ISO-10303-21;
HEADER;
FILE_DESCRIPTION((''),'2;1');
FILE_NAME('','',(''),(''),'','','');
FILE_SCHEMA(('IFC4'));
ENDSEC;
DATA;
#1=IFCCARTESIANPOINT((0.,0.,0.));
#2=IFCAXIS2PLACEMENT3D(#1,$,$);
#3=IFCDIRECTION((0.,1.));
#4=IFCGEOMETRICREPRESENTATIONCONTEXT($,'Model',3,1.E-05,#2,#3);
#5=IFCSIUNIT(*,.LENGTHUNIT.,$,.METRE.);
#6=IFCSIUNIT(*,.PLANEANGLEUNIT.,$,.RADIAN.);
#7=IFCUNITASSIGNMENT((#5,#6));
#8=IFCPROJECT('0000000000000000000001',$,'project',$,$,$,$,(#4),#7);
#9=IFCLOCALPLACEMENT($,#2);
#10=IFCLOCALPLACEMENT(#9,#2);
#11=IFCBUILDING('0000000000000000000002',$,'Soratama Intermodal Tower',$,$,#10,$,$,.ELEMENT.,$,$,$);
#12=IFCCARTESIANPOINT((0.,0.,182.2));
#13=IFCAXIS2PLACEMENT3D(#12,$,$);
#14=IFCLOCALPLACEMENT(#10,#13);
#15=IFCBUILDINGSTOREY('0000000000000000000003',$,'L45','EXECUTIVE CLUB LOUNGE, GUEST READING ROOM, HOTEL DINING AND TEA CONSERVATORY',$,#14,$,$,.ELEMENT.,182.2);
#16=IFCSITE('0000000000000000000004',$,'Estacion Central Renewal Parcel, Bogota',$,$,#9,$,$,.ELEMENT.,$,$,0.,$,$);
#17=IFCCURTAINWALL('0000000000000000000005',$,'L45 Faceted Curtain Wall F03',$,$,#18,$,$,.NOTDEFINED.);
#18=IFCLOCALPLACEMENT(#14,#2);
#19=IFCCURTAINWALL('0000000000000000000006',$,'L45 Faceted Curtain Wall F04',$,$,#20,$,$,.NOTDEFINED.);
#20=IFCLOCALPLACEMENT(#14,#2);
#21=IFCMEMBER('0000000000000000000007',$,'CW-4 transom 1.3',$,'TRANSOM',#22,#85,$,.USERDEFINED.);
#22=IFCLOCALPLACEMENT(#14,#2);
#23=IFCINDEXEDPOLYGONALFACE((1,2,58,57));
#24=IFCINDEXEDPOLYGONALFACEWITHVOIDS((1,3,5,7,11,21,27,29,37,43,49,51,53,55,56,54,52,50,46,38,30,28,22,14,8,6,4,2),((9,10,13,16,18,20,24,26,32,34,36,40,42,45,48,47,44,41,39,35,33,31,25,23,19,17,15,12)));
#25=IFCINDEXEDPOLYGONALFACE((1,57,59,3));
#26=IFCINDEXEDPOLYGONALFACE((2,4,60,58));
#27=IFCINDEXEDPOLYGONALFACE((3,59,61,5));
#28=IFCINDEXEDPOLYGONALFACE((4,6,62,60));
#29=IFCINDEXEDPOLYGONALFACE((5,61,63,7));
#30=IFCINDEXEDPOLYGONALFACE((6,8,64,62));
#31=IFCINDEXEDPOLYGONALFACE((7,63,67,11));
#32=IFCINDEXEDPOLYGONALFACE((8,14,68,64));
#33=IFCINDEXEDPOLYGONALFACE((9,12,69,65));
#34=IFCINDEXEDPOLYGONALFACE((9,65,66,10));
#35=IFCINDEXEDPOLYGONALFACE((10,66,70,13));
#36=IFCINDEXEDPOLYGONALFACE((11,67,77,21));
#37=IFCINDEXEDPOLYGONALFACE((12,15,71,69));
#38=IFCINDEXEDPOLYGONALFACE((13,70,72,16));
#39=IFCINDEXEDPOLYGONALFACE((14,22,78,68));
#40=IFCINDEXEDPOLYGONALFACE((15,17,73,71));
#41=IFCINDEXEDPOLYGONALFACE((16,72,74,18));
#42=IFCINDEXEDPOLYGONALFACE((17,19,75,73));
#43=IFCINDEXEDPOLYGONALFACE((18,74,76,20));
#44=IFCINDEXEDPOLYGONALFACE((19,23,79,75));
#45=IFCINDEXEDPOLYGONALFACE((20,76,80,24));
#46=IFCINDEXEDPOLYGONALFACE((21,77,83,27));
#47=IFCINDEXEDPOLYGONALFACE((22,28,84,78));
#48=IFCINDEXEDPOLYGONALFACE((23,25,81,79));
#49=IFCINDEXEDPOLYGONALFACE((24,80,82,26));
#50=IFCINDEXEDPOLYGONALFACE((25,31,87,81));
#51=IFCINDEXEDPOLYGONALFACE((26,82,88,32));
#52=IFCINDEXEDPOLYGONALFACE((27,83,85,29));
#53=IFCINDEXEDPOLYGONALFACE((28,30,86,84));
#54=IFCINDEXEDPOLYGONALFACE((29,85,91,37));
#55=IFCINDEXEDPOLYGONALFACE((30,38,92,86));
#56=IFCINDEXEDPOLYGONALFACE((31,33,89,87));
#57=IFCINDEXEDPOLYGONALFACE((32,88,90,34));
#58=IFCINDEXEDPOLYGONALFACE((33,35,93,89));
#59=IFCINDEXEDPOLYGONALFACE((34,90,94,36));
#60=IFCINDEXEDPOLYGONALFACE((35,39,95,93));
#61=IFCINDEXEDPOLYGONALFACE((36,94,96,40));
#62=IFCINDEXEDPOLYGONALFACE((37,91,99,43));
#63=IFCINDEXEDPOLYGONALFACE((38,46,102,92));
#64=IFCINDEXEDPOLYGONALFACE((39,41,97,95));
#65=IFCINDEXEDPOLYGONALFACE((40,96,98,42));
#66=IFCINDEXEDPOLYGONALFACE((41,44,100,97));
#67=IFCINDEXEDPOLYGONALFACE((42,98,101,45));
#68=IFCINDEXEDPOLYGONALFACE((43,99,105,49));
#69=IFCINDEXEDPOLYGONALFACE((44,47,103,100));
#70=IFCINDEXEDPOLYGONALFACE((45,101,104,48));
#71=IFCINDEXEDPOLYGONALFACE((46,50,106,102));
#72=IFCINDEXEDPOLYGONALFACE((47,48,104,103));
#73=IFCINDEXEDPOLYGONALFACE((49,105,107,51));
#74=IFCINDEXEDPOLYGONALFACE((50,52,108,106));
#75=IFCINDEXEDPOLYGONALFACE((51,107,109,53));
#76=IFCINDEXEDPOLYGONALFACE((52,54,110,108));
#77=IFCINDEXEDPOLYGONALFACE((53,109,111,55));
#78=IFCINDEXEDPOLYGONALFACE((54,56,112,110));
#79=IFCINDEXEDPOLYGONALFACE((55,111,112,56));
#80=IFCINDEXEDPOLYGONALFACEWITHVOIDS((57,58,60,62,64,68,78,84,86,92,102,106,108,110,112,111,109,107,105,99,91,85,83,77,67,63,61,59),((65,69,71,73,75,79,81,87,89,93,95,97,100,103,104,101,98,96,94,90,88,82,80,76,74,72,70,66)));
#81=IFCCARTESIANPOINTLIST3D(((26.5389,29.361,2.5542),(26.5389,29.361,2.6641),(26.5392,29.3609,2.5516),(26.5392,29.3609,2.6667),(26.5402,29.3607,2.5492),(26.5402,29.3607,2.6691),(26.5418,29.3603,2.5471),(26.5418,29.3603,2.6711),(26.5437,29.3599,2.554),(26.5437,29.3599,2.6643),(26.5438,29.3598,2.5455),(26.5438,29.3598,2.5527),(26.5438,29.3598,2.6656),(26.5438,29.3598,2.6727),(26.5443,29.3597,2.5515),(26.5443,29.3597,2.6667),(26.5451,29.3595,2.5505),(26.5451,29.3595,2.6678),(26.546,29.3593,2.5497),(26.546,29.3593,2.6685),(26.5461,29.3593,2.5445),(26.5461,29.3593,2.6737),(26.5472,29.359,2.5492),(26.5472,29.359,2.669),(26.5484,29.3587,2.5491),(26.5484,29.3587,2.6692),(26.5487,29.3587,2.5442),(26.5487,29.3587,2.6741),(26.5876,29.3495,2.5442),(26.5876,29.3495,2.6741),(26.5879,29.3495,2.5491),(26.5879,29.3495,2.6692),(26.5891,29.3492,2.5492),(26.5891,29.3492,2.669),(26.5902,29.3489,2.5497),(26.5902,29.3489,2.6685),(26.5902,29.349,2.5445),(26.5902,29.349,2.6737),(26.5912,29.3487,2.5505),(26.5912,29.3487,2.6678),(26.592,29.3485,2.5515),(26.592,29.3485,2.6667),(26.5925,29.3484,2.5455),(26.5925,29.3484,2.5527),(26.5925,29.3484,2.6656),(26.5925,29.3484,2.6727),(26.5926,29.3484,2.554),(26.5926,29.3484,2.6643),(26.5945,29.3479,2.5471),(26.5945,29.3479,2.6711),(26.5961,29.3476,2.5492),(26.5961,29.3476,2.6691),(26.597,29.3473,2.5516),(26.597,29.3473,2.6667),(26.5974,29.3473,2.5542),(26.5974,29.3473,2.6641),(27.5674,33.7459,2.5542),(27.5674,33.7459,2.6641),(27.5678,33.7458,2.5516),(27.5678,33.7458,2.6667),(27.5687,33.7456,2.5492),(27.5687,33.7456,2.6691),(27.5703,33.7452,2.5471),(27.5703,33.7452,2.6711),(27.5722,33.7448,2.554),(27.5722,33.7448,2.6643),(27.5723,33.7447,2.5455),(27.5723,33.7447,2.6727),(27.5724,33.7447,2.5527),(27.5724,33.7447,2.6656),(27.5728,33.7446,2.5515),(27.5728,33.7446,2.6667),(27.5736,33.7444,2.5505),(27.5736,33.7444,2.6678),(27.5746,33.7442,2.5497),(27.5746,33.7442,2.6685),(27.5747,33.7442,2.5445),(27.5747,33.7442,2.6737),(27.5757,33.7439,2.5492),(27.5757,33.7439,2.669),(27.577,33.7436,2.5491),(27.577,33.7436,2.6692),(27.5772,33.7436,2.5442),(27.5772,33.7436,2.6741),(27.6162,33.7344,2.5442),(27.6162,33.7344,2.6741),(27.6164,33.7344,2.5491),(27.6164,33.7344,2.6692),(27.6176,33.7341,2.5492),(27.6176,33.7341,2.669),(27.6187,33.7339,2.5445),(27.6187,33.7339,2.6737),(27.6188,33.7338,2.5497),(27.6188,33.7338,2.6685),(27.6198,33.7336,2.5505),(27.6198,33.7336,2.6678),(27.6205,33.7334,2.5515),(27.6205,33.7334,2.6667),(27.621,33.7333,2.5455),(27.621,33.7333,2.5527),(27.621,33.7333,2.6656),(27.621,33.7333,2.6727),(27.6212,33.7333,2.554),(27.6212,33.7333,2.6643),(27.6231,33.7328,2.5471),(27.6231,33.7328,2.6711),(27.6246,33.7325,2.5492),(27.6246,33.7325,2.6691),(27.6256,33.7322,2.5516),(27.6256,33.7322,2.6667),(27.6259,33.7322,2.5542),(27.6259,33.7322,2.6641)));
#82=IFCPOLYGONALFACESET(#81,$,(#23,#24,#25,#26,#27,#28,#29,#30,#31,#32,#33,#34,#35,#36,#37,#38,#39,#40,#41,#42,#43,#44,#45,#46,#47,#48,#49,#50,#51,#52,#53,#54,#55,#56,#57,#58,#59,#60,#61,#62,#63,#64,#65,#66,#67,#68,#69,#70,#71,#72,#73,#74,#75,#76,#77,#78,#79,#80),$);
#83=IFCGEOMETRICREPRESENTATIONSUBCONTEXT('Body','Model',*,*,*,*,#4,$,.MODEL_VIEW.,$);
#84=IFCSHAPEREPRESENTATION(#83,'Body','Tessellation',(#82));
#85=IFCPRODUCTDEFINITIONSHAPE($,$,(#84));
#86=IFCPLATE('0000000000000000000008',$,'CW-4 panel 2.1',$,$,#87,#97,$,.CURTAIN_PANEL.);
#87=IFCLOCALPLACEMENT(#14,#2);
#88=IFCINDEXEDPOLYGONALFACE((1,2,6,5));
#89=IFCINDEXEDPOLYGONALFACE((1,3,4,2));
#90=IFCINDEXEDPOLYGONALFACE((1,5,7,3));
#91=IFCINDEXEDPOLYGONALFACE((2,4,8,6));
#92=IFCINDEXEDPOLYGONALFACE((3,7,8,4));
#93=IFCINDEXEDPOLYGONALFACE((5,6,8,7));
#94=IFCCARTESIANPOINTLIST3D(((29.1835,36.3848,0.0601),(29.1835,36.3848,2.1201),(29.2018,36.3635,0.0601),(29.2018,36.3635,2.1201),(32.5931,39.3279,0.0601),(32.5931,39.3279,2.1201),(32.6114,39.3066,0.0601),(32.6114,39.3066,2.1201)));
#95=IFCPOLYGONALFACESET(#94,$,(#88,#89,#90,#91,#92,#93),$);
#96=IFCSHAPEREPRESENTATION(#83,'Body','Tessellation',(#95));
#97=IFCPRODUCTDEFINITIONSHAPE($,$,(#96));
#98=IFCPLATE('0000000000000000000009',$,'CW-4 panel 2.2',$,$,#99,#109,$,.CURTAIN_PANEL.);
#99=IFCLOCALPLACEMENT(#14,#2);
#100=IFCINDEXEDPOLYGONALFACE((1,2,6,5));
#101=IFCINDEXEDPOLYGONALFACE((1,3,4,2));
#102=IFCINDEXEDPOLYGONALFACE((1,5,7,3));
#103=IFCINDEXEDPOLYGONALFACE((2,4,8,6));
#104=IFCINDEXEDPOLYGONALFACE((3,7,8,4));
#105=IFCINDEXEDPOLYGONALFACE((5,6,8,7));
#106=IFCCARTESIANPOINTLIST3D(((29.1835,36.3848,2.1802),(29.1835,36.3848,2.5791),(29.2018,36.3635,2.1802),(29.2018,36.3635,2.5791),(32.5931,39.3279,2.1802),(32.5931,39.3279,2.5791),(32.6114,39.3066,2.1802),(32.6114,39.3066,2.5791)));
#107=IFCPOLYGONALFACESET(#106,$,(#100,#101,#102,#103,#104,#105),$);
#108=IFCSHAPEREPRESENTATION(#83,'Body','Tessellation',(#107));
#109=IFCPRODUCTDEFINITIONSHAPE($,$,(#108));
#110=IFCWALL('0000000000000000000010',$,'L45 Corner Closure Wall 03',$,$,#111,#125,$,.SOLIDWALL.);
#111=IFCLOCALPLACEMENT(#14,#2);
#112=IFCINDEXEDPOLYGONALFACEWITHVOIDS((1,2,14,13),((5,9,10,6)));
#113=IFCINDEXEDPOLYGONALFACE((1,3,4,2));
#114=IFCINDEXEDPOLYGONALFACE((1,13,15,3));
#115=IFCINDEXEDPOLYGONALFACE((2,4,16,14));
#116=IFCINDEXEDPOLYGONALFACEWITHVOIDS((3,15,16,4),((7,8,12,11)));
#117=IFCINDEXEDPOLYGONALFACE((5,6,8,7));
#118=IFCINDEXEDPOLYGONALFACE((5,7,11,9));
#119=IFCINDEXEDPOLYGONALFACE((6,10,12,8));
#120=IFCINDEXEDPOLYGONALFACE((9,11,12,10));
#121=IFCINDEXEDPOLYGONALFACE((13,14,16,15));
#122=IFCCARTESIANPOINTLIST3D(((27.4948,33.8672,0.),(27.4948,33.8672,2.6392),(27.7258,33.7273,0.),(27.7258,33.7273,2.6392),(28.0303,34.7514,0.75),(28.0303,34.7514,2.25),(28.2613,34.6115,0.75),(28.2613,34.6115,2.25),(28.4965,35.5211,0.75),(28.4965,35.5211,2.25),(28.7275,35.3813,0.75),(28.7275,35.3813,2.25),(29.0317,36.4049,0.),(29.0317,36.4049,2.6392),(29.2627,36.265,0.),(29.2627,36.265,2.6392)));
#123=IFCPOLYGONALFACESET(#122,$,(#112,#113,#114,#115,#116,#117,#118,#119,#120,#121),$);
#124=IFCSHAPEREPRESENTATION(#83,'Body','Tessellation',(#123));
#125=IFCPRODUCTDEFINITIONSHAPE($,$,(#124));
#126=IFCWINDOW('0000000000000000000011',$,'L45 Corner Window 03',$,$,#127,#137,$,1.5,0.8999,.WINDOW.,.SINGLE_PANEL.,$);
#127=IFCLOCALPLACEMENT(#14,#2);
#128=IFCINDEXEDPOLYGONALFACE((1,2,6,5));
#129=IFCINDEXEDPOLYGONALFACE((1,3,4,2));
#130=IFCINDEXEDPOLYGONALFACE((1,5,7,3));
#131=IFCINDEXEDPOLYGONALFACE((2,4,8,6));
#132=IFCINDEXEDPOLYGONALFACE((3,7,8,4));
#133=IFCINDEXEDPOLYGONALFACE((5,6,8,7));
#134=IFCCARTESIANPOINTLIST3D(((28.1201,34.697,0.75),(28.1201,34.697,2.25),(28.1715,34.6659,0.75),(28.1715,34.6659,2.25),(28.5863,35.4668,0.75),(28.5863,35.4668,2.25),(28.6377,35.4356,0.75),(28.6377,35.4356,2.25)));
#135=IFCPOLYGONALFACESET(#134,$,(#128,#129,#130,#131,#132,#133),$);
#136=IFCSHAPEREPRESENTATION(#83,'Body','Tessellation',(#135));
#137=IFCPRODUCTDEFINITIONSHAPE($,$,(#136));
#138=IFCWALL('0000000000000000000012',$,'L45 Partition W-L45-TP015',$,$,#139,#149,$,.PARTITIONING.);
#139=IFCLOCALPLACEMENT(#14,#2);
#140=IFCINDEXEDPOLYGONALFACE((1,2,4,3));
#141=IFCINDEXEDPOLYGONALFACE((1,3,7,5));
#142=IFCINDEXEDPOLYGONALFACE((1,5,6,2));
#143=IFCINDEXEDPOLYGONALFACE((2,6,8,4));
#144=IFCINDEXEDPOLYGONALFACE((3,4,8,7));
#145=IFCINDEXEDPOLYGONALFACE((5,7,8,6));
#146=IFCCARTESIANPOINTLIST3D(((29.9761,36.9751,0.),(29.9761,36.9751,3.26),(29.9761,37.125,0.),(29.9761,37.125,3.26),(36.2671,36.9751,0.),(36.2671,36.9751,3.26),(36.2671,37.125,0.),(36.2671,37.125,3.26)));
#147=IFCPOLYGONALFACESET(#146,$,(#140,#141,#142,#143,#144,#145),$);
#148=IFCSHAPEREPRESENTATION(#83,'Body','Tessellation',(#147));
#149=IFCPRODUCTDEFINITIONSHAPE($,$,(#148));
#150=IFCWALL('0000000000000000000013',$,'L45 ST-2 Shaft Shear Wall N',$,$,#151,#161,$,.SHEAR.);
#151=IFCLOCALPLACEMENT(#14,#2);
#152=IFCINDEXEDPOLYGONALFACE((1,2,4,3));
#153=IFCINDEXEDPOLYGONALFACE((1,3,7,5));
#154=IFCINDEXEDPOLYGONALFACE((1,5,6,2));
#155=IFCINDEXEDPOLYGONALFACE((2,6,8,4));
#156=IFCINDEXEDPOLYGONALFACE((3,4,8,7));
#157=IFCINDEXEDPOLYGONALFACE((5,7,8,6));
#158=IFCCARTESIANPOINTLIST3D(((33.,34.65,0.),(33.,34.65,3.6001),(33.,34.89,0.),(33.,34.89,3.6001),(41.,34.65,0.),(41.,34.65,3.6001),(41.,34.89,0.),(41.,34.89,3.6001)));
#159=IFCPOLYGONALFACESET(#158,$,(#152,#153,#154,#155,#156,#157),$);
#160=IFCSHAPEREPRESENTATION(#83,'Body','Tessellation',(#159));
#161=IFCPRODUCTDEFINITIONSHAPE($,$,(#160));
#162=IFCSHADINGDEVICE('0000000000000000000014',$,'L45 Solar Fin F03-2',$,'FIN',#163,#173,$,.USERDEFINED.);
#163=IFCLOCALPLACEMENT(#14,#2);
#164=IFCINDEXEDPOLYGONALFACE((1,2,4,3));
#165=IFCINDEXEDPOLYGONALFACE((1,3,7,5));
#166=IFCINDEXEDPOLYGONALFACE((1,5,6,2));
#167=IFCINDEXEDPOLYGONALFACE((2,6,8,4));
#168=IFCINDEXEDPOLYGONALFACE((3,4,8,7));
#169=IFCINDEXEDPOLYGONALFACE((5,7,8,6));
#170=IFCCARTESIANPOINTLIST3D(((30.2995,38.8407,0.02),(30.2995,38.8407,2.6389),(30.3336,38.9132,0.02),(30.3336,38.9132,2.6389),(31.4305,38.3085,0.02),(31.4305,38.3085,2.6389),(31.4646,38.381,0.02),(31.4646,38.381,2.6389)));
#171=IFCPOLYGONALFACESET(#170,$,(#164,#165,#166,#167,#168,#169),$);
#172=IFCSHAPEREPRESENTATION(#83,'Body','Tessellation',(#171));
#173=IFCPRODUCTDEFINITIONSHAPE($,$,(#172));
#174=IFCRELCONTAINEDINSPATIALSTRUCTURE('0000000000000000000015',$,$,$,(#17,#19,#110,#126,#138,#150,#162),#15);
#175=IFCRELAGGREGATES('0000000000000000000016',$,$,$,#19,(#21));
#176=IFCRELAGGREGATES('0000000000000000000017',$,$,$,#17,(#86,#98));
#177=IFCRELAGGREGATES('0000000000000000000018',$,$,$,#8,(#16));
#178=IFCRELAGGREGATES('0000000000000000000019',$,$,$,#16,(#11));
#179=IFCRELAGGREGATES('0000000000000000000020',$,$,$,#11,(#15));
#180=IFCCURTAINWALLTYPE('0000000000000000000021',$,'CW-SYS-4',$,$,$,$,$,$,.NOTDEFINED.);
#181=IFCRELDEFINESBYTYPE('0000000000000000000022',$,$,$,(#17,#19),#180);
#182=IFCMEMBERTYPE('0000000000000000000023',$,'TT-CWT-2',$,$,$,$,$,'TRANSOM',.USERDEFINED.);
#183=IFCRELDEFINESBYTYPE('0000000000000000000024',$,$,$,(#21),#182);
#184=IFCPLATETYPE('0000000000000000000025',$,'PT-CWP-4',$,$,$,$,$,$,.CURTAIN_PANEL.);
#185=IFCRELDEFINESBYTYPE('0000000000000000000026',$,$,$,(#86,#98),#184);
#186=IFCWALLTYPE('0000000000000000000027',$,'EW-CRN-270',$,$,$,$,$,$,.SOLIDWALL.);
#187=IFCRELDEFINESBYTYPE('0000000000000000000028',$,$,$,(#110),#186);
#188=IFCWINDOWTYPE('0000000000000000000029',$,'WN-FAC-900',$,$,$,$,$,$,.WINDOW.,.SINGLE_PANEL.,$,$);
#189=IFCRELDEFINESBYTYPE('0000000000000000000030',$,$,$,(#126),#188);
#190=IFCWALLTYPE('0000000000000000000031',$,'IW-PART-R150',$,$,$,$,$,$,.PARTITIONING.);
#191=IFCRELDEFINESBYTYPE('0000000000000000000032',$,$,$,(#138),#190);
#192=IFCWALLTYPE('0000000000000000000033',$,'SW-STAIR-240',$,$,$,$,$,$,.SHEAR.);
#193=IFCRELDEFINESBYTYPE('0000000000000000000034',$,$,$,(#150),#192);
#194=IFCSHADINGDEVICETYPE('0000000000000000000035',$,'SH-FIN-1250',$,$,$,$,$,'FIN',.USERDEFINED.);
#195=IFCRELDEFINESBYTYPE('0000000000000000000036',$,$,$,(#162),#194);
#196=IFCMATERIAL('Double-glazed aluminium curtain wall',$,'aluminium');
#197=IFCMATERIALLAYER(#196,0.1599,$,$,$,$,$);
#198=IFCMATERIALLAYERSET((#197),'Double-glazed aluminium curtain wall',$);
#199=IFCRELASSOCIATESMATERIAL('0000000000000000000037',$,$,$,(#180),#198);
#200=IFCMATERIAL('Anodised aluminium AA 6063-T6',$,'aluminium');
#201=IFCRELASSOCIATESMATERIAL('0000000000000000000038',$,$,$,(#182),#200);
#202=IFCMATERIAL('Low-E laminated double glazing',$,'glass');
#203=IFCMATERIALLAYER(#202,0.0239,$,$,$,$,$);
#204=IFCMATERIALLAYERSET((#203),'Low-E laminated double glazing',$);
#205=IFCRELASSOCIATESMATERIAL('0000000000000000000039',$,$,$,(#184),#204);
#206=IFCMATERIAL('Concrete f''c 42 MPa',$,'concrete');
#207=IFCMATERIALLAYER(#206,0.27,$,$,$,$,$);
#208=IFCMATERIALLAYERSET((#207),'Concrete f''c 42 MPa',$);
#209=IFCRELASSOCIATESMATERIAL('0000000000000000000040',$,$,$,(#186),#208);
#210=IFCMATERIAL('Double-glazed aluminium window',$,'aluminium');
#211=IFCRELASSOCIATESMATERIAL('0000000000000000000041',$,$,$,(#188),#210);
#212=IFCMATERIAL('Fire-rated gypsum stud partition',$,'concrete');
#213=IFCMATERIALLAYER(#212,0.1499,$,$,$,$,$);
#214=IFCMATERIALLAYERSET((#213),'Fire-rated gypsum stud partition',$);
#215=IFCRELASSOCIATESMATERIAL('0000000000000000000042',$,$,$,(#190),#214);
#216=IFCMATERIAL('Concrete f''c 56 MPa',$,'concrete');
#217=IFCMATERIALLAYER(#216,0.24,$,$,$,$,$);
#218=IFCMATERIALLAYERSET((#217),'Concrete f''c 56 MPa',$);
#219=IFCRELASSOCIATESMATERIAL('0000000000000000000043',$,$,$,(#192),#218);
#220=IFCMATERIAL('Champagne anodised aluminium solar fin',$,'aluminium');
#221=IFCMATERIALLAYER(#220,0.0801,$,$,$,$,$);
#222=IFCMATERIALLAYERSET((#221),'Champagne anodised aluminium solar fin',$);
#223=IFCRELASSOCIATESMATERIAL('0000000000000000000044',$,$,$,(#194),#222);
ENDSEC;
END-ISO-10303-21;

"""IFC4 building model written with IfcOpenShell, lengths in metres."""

from ifc_helpers import new_model, si_unit, direction, frame, frame_2d, origin, origin_2d, place, context, subcontext, project, spatial, rectangle, hollow_rectangle, extrude, material, layer, layer_set, material_profile, profile_set, type_object, element, fill, aggregate, save


model = new_model("IFC4")

# Units and contexts
model_context = context("Model", 3, precision=1e-05, world=origin(), true_north=direction((0.0, 1.0)))
body_context = subcontext(model_context, "Body", "Model", "MODEL_VIEW")
ifc_project = project(units=[si_unit("LENGTHUNIT", "METRE"), si_unit("PLANEANGLEUNIT", "RADIAN")], contexts=[model_context])

# Site, building, storey
site_placement = place(None, origin())
site = spatial("IfcSite", under=ifc_project, at=site_placement, Name="Estacion Central Renewal Parcel, Bogota", CompositionType="ELEMENT", RefElevation=0.0)
building_placement = place(site_placement, origin())
building = spatial("IfcBuilding", under=site, at=building_placement, Name="Soratama Intermodal Tower", CompositionType="ELEMENT")
storey_placement = place(building_placement, frame((0.0, 0.0, 182.2)))
storey = spatial("IfcBuildingStorey", under=building, at=storey_placement, Name="L45", Description="EXECUTIVE CLUB LOUNGE, GUEST READING ROOM, HOTEL DINING AND TEA CONSERVATORY", CompositionType="ELEMENT", Elevation=182.2)

# Curtain wall
ifc_material_1 = material(Name="Double-glazed aluminium curtain wall", Category="aluminium")
ifc_layer_1 = layer(ifc_material_1, 0.1599)
ifc_layer_set_1 = layer_set([ifc_layer_1], Name="Double-glazed aluminium curtain wall")
curtain_wall_type = type_object("IfcCurtainWallType", Name="CW-SYS-4", PredefinedType="NOTDEFINED", material=ifc_layer_set_1)
curtain_wall_1_placement = place(storey_placement, origin())
curtain_wall_1 = element("IfcCurtainWall", 1, at=curtain_wall_1_placement, inside=storey, type_object=curtain_wall_type, Name="L45 Faceted Curtain Wall F03", PredefinedType="NOTDEFINED")

# Curtain wall
curtain_wall_2_placement = place(storey_placement, origin())
curtain_wall_2 = element("IfcCurtainWall", 2, at=curtain_wall_2_placement, inside=storey, type_object=curtain_wall_type, Name="L45 Faceted Curtain Wall F04", PredefinedType="NOTDEFINED")

# Member
ifc_material_2 = material(Name="Anodised aluminium AA 6063-T6", Category="aluminium")
ifc_material_profile_1 = material_profile(ifc_material_2, hollow_rectangle(XDim=0.0601, YDim=0.1299, WallThickness=0.0049, InnerFilletRadius=0.0049, OuterFilletRadius=0.01, at=origin_2d()), Name="CWT130X60X5")
ifc_profile_set_1 = profile_set([ifc_material_profile_1], Name="Anodised aluminium AA 6063-T6")
member_type_1 = type_object("IfcMemberType", Name="TT-CWT-2", ElementType="TRANSOM", PredefinedType="USERDEFINED", material=ifc_profile_set_1)
member_1_placement = place(storey_placement, frame((27.5967, 33.739, 2.6091), z_axis=(-0.228366, -0.973575, 0.0), x_axis=(0.973575, -0.228366, 0.0)))
member_1 = element("IfcMember", 3, at=member_1_placement, type_object=member_type_1, Name="CW-4 transom 1.3", ObjectType="TRANSOM", PredefinedType="USERDEFINED", context=body_context, shape_type="SweptSolid", body=[
    extrude(hollow_rectangle(XDim=0.0601, YDim=0.1299, WallThickness=0.0049, InnerFilletRadius=0.0049, OuterFilletRadius=0.01, at=origin_2d()), origin(), (0.0, 0.0, 1.0), 4.5039),
])
aggregate(curtain_wall_2, [member_1])

# Plates
ifc_material_3 = material(Name="Low-E laminated double glazing", Category="glass")
ifc_layer_2 = layer(ifc_material_3, 0.0239)
ifc_layer_set_2 = layer_set([ifc_layer_2], Name="Low-E laminated double glazing")
plate_type = type_object("IfcPlateType", Name="PT-CWP-4", PredefinedType="CURTAIN_PANEL", material=ifc_layer_set_2)
plate_1_placement = place(storey_placement, frame((30.8975, 37.8457, 0.0601), z_axis=(0.0, 0.0, 1.0), x_axis=(-0.756993, -0.653423, 0.0)))
plate_1 = element("IfcPlate", 4, at=plate_1_placement, type_object=plate_type, Name="CW-4 panel 2.1", PredefinedType="CURTAIN_PANEL", context=body_context, shape_type="SweptSolid", body=[
    extrude(rectangle(XDim=4.5042, YDim=0.0281, at=origin_2d()), origin(), (0.0, 0.0, 1.0), 2.0601),
])
plate_2_placement = place(storey_placement, frame((30.8975, 37.8457, 2.1802), z_axis=(0.0, 0.0, 1.0), x_axis=(-0.756993, -0.653423, 0.0)))
plate_2 = element("IfcPlate", 5, at=plate_2_placement, type_object=plate_type, Name="CW-4 panel 2.2", PredefinedType="CURTAIN_PANEL", context=body_context, shape_type="SweptSolid", body=[
    extrude(rectangle(XDim=4.5042, YDim=0.0281, at=origin_2d()), origin(), (0.0, 0.0, 1.0), 0.3989),
])
aggregate(curtain_wall_1, [plate_1, plate_2])

# Wall, opening, window
ifc_material_4 = material(Name="Concrete f'c 42 MPa", Category="concrete")
ifc_layer_3 = layer(ifc_material_4, 0.27)
ifc_layer_set_3 = layer_set([ifc_layer_3], Name="Concrete f'c 42 MPa")
wall_type_1 = type_object("IfcWallType", Name="EW-CRN-270", PredefinedType="SOLIDWALL", material=ifc_layer_set_3)
wall_1_placement = place(storey_placement, frame((29.1472, 36.335, 0.0), z_axis=(0.0, 0.0, 1.0), x_axis=(-0.518037, -0.855358, 0.0)))
wall_1 = element("IfcWall", 6, at=wall_1_placement, inside=storey, type_object=wall_type_1, Name="L45 Corner Closure Wall 03", PredefinedType="SOLIDWALL", context=body_context, shape_type="SweptSolid", body=[
    extrude(rectangle(XDim=2.9668, YDim=0.27, at=frame_2d((1.4834, 0.0))), origin(), (0.0, 0.0, 1.0), 2.6392),
])
opening_placement = place(wall_1_placement, frame((1.0332, 0.0, 0.75)))
opening = element("IfcOpeningElement", 7, at=opening_placement, cuts=wall_1, PredefinedType="OPENING", context=body_context, shape_type="SweptSolid", body=[
    extrude(rectangle(XDim=0.8999, YDim=1.5, at=frame_2d((0.45, 0.75))), frame((0.0, 0.145, 0.0), z_axis=(0.0, -1.0, 0.0), x_axis=(1.0, 0.0, 0.0)), (0.0, 0.0, 1.0), 0.29),
])
ifc_material_5 = material(Name="Double-glazed aluminium window", Category="aluminium")
window_type = type_object("IfcWindowType", Name="WN-FAC-900", PartitioningType="SINGLE_PANEL", PredefinedType="WINDOW", material=ifc_material_5)
window_placement = place(opening_placement, origin())
window = element("IfcWindow", 8, at=window_placement, inside=storey, type_object=window_type, Name="L45 Corner Window 03", OverallHeight=1.5, OverallWidth=0.8999, PartitioningType="SINGLE_PANEL", PredefinedType="WINDOW", context=body_context, shape_type="SweptSolid", body=[
    extrude(rectangle(XDim=0.8999, YDim=1.5, at=frame_2d((0.45, 0.75))), frame((0.0, 0.03, 0.0), z_axis=(0.0, -1.0, 0.0), x_axis=(1.0, 0.0, 0.0)), (0.0, 0.0, 1.0), 0.0601),
])
fill(opening, window)

# Walls
ifc_material_6 = material(Name="Fire-rated gypsum stud partition", Category="concrete")
ifc_layer_4 = layer(ifc_material_6, 0.1499)
ifc_layer_set_4 = layer_set([ifc_layer_4], Name="Fire-rated gypsum stud partition")
wall_type_2 = type_object("IfcWallType", Name="IW-PART-R150", PredefinedType="PARTITIONING", material=ifc_layer_set_4)
wall_2_placement = place(storey_placement, frame((29.9761, 37.05, 0.0), z_axis=(0.0, 0.0, 1.0), x_axis=(1.0, 0.0, 0.0)))
element("IfcWall", 9, at=wall_2_placement, inside=storey, type_object=wall_type_2, Name="L45 Partition W-L45-TP015", PredefinedType="PARTITIONING", context=body_context, shape_type="SweptSolid", body=[
    extrude(rectangle(XDim=6.291, YDim=0.1499, at=frame_2d((3.1455, 0.0))), origin(), (0.0, 0.0, 1.0), 3.26),
])
ifc_material_7 = material(Name="Concrete f'c 56 MPa", Category="concrete")
ifc_layer_5 = layer(ifc_material_7, 0.24)
ifc_layer_set_5 = layer_set([ifc_layer_5], Name="Concrete f'c 56 MPa")
wall_type_3 = type_object("IfcWallType", Name="SW-STAIR-240", PredefinedType="SHEAR", material=ifc_layer_set_5)
wall_3_placement = place(storey_placement, frame((33.0, 34.77, 0.0), z_axis=(0.0, 0.0, 1.0), x_axis=(1.0, 0.0, 0.0)))
element("IfcWall", 10, at=wall_3_placement, inside=storey, type_object=wall_type_3, Name="L45 ST-2 Shaft Shear Wall N", PredefinedType="SHEAR", context=body_context, shape_type="SweptSolid", body=[
    extrude(rectangle(XDim=8.0, YDim=0.24, at=frame_2d((4.0, 0.0))), origin(), (0.0, 0.0, 1.0), 3.6001),
])

# Shading device
ifc_material_8 = material(Name="Champagne anodised aluminium solar fin", Category="aluminium")
ifc_layer_6 = layer(ifc_material_8, 0.0801)
ifc_layer_set_6 = layer_set([ifc_layer_6], Name="Champagne anodised aluminium solar fin")
shading_device_type = type_object("IfcShadingDeviceType", Name="SH-FIN-1250", ElementType="FIN", PredefinedType="USERDEFINED", material=ifc_layer_set_6)
shading_device_placement = place(storey_placement, frame((30.8821, 38.6108, 0.02), z_axis=(0.0, 0.0, 1.0), x_axis=(-0.904827, 0.425779, 0.0)))
element("IfcShadingDevice", 11, at=shading_device_placement, inside=storey, type_object=shading_device_type, Name="L45 Solar Fin F03-2", ObjectType="FIN", PredefinedType="USERDEFINED", context=body_context, shape_type="SweptSolid", body=[
    extrude(rectangle(XDim=1.25, YDim=0.0801, at=origin_2d()), origin(), (0.0, 0.0, 1.0), 2.6189),
])

save(model, "model.ifc")
